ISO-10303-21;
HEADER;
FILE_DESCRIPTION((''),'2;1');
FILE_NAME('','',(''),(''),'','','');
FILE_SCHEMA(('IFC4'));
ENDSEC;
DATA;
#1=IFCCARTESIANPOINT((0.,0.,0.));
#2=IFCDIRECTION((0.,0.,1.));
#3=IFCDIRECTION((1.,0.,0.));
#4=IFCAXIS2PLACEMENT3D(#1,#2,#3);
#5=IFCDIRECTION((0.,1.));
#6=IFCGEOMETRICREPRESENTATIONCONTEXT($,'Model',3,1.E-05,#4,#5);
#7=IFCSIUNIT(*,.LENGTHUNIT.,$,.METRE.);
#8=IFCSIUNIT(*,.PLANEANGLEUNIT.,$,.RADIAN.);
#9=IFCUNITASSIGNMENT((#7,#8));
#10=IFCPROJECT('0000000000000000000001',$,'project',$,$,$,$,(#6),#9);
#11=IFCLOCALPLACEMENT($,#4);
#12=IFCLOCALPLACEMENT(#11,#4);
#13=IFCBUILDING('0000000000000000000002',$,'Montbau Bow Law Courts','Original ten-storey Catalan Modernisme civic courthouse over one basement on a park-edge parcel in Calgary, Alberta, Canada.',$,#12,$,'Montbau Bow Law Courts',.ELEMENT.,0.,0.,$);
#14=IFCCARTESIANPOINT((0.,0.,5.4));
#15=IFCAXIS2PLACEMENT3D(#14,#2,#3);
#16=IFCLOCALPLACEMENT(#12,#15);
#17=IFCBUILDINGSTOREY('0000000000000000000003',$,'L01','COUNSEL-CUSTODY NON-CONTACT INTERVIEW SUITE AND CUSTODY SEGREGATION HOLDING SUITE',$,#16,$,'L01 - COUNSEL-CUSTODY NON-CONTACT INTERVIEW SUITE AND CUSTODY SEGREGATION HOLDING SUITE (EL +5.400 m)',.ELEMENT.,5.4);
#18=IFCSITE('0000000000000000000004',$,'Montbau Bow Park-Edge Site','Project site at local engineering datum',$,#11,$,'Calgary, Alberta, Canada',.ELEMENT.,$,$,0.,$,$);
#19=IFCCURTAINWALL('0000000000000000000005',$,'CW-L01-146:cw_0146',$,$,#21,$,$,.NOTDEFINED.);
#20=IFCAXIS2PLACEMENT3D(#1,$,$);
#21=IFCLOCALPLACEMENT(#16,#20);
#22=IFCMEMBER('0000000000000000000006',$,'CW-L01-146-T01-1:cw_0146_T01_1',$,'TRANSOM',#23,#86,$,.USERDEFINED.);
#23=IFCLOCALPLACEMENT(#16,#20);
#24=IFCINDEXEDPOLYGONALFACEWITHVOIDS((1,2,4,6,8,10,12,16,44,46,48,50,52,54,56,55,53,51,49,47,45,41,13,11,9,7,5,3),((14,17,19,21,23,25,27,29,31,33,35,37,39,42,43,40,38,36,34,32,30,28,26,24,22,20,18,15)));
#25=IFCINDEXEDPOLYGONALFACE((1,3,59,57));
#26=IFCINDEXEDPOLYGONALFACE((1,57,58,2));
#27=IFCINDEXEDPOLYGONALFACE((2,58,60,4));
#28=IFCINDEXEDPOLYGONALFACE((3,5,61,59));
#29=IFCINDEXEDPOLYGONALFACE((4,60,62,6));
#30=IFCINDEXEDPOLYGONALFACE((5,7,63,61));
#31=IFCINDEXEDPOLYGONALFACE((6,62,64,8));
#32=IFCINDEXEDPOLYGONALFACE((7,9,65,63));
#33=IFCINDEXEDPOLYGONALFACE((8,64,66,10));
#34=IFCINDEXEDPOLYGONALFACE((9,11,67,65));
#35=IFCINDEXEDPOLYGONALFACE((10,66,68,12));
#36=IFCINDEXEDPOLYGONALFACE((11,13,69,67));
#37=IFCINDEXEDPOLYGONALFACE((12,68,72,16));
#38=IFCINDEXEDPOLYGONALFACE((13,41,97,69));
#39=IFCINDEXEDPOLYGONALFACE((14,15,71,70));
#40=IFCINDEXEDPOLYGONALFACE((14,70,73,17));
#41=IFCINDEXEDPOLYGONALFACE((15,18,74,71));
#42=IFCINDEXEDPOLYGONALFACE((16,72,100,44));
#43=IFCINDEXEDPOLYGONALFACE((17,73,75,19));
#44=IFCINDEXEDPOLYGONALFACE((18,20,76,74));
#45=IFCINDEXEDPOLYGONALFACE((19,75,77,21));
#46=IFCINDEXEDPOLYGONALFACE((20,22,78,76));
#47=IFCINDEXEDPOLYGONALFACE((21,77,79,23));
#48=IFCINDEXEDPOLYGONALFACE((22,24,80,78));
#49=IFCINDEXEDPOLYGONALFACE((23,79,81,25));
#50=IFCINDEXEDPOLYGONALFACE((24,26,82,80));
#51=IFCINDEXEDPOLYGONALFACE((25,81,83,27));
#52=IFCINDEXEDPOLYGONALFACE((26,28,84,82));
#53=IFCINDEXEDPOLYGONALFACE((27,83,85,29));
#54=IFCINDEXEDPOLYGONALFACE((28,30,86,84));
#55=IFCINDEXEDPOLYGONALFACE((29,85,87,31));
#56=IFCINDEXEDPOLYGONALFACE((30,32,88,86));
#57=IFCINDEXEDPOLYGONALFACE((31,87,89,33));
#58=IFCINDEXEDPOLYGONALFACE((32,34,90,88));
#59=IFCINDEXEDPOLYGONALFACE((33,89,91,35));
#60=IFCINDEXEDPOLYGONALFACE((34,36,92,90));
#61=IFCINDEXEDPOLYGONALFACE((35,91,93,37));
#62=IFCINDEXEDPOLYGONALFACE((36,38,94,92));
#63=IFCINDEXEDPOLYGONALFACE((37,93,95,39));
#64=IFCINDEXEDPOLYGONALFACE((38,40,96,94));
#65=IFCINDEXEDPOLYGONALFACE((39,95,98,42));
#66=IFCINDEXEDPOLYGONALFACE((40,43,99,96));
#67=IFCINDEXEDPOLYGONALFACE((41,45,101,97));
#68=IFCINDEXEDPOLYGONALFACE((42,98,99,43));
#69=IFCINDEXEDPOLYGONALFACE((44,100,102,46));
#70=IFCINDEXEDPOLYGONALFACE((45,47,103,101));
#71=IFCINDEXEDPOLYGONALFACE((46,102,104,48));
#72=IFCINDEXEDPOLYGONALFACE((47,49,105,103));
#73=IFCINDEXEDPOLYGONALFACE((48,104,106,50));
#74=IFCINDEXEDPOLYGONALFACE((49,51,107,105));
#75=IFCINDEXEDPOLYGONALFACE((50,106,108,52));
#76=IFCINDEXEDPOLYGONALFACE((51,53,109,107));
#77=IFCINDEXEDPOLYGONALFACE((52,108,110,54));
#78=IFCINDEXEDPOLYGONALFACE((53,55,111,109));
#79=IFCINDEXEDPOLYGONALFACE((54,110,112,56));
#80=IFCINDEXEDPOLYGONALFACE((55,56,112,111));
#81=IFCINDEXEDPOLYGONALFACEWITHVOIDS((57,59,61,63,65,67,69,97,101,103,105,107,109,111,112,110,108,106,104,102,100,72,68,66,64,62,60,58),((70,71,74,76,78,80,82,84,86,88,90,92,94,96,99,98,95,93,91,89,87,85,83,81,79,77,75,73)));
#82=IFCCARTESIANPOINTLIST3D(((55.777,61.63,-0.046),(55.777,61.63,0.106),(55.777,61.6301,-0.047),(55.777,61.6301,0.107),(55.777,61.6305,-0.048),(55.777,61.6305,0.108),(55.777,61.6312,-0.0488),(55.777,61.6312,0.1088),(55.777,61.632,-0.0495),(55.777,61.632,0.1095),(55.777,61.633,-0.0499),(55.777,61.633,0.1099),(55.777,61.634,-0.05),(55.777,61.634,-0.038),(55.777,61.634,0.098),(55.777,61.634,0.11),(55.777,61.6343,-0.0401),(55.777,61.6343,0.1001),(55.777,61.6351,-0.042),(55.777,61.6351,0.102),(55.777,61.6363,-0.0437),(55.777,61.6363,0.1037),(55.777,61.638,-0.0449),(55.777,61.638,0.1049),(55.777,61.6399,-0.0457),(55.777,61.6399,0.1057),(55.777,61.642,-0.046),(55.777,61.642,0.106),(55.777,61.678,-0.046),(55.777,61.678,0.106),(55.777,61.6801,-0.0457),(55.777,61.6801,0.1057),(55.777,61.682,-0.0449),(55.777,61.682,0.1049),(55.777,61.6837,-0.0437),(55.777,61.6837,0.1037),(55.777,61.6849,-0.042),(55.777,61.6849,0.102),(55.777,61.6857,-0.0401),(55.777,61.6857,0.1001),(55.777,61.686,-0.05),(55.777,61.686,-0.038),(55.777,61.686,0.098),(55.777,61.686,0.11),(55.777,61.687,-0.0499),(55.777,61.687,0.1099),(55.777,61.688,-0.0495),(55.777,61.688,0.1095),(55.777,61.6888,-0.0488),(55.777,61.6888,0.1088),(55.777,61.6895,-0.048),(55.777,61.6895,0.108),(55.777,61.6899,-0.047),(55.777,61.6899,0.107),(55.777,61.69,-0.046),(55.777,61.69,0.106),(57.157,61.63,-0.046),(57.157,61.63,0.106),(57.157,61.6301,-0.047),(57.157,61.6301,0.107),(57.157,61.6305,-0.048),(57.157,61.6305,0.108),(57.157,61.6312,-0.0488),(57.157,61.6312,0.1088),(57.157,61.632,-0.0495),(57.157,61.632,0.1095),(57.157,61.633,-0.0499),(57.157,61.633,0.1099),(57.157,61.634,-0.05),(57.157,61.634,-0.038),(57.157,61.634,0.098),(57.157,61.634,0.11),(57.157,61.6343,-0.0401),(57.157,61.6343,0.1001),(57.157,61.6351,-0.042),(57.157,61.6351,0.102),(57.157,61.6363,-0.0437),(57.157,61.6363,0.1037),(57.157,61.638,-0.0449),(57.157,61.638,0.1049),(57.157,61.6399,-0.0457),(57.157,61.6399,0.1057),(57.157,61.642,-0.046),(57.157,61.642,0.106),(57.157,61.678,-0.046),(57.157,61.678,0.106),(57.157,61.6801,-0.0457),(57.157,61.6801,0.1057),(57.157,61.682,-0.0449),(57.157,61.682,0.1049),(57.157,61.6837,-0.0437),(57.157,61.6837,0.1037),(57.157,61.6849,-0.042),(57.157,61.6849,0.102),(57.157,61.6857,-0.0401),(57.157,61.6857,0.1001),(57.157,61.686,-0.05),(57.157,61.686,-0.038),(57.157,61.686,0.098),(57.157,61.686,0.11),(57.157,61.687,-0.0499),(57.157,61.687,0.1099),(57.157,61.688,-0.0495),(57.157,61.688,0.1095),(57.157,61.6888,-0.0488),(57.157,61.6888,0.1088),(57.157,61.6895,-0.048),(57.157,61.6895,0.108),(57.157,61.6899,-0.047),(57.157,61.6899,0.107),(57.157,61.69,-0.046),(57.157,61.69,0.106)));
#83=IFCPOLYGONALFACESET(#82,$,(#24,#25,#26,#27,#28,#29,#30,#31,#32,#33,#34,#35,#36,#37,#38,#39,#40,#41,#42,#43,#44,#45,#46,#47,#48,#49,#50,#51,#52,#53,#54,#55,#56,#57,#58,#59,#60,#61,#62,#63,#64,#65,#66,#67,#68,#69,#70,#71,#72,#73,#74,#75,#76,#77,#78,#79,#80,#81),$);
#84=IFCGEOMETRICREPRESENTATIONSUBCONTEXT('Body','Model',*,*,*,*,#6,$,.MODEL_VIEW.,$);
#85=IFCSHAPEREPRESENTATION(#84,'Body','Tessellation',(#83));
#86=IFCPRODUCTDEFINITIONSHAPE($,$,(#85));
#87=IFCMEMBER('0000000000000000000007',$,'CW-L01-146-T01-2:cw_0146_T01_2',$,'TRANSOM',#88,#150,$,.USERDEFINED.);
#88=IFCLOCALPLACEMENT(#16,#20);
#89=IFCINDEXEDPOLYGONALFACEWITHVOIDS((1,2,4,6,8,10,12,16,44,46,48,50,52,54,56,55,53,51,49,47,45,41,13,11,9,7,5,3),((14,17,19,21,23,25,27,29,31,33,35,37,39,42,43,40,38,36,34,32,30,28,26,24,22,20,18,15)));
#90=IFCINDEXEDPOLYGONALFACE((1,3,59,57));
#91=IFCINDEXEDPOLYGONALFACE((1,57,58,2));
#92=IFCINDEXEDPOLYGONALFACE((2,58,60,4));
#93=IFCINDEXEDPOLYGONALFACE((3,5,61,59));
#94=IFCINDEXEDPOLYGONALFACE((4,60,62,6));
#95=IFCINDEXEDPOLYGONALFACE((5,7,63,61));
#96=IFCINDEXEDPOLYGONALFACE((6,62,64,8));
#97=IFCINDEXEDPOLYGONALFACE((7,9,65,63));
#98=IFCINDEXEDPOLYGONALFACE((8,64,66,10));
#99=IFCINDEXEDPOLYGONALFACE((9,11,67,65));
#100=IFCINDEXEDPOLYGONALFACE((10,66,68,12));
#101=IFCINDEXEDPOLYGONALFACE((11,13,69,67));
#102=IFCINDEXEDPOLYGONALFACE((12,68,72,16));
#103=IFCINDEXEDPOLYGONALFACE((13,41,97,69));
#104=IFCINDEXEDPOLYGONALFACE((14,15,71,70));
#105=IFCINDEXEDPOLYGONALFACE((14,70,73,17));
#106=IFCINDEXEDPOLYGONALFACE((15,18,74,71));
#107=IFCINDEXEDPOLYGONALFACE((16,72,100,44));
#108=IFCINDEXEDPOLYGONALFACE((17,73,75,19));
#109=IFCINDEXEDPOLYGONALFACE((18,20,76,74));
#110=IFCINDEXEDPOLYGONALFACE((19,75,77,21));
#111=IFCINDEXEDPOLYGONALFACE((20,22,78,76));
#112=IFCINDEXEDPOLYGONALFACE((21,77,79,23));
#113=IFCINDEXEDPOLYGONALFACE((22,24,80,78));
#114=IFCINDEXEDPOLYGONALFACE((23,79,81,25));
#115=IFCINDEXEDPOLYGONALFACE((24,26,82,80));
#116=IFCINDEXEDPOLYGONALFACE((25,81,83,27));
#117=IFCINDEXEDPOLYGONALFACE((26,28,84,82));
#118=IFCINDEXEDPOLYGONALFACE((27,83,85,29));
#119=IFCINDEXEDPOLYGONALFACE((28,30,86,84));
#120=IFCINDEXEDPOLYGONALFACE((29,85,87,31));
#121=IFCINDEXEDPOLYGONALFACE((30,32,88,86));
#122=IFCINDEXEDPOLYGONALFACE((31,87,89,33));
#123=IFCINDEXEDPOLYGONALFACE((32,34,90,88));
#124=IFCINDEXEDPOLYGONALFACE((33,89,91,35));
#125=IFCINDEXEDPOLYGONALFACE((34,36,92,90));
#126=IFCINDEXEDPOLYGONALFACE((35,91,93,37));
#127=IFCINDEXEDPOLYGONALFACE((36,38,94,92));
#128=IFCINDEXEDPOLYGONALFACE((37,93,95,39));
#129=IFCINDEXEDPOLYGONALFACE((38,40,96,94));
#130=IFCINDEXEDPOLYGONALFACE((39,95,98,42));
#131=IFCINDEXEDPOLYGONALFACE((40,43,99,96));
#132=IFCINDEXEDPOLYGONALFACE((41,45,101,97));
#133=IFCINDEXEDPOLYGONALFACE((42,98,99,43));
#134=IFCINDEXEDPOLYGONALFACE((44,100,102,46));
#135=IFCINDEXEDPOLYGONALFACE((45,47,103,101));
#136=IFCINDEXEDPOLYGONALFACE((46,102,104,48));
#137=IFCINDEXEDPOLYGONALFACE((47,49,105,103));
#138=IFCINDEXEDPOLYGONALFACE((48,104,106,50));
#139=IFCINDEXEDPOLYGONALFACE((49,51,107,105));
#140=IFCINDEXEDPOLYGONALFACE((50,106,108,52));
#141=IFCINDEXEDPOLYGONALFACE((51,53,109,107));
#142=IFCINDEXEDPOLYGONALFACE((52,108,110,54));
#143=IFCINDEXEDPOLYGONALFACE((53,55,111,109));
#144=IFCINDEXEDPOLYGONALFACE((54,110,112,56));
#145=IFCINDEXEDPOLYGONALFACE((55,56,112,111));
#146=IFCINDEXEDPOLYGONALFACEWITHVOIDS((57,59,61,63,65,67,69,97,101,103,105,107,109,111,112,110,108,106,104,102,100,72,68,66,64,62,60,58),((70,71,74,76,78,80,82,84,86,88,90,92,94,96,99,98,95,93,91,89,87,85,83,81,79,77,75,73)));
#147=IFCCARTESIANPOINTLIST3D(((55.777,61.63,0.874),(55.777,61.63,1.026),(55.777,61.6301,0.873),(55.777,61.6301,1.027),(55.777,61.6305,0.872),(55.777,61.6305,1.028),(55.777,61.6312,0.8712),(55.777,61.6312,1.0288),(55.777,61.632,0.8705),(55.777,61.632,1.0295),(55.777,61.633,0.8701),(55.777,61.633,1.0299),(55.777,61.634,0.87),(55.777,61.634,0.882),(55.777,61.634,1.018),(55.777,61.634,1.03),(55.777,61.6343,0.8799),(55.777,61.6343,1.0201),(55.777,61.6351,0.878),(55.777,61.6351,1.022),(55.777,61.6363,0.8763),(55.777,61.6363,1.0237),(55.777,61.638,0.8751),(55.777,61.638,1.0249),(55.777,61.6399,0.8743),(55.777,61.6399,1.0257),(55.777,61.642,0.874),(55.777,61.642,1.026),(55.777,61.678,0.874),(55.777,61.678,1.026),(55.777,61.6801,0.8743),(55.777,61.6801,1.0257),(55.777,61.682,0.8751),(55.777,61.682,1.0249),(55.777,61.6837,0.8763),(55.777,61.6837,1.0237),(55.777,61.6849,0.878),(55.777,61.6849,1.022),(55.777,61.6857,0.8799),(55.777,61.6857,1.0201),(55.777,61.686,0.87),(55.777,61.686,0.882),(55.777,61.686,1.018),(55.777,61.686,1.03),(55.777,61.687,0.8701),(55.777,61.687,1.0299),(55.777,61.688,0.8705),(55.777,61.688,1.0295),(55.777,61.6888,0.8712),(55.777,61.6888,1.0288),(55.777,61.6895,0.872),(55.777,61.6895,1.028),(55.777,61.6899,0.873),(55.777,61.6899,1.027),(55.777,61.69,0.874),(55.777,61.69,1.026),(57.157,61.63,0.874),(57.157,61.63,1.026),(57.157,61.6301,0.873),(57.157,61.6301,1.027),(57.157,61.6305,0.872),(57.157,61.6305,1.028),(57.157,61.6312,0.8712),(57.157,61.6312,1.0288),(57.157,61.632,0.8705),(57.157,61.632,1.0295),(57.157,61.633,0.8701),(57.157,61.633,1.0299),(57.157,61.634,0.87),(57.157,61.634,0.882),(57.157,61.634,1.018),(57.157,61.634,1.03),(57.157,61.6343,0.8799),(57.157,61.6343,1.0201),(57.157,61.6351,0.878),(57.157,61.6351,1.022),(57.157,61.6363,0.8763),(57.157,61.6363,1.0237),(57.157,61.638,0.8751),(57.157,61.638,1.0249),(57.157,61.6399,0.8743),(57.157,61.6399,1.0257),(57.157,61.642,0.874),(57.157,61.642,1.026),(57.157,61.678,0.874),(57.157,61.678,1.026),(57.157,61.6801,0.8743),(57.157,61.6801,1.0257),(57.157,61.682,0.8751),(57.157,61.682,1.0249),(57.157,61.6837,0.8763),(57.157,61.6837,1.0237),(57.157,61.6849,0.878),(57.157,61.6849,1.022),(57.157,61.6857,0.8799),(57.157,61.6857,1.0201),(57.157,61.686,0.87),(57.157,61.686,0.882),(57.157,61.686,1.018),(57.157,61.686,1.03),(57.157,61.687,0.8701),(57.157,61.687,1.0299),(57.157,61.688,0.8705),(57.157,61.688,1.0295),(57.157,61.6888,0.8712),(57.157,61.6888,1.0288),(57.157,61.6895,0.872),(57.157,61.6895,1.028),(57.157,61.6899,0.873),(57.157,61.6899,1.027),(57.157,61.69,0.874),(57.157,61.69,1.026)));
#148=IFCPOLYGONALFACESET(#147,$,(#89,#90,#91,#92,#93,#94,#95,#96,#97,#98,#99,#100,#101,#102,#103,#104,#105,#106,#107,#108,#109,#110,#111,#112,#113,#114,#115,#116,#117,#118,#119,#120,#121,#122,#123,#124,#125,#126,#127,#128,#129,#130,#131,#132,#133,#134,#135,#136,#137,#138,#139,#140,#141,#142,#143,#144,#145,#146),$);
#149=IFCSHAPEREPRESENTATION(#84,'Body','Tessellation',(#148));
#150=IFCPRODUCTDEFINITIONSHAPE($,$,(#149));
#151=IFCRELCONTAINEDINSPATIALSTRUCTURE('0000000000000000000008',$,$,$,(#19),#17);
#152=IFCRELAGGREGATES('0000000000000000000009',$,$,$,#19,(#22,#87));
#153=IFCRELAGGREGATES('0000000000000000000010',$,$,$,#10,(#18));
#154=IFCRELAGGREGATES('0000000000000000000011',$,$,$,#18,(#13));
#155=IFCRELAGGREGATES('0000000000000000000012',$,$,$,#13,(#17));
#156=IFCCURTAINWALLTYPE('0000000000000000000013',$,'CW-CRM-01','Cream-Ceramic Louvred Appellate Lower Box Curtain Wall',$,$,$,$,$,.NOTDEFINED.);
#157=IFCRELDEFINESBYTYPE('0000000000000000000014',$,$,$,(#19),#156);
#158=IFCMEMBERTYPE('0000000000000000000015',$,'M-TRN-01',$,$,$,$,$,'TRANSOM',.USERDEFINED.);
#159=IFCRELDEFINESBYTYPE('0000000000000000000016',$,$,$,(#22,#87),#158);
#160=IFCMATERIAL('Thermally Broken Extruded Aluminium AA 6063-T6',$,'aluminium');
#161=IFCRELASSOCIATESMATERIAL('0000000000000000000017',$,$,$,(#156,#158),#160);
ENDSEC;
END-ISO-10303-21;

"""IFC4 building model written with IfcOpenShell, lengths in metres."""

from ifc_helpers import new_model, si_unit, direction, frame, origin_with_axes, origin_2d_with_axis, place, context, subcontext, project, spatial, hollow_rectangle, extrude, material, material_profile, profile_set, type_object, element, aggregate, save


model = new_model("IFC4")

# Units and contexts
model_context = context("Model", 3, precision=1e-05, world=origin_with_axes(), true_north=direction((0.0, 1.0)))
body_context = subcontext(model_context, "Body", "Model", "MODEL_VIEW")
ifc_project = project(units=[si_unit("LENGTHUNIT", "METRE"), si_unit("PLANEANGLEUNIT", "RADIAN")], contexts=[model_context])

# Site, building, storey
site_placement = place(None, origin_with_axes())
site = spatial("IfcSite", under=ifc_project, at=site_placement, Name="Montbau Bow Park-Edge Site", Description="Project site at local engineering datum", LongName="Calgary, Alberta, Canada", CompositionType="ELEMENT", RefElevation=0.0)
building_placement = place(site_placement, origin_with_axes())
building = spatial("IfcBuilding", under=site, at=building_placement, Name="Montbau Bow Law Courts", Description="Original ten-storey Catalan Modernisme civic courthouse over one basement on a park-edge parcel in Calgary, Alberta, Canada.", LongName="Montbau Bow Law Courts", CompositionType="ELEMENT", ElevationOfRefHeight=0.0, ElevationOfTerrain=0.0)
storey_placement = place(building_placement, frame((0.0, 0.0, 5.4), z_axis=(0.0, 0.0, 1.0), x_axis=(1.0, 0.0, 0.0)))
storey = spatial("IfcBuildingStorey", under=building, at=storey_placement, Name="L01", Description="COUNSEL-CUSTODY NON-CONTACT INTERVIEW SUITE AND CUSTODY SEGREGATION HOLDING SUITE", LongName="L01 - COUNSEL-CUSTODY NON-CONTACT INTERVIEW SUITE AND CUSTODY SEGREGATION HOLDING SUITE (EL +5.400 m)", CompositionType="ELEMENT", Elevation=5.4)

# Curtain wall, members
ifc_material_1 = material(Name="Thermally Broken Extruded Aluminium AA 6063-T6", Category="aluminium")
curtain_wall_type = type_object("IfcCurtainWallType", Name="CW-CRM-01", Description="Cream-Ceramic Louvred Appellate Lower Box Curtain Wall", PredefinedType="NOTDEFINED", material=ifc_material_1)
curtain_wall_1_placement = place(None, frame((55.715, 61.66, 5.4), z_axis=(0.0, 0.0, 1.0), x_axis=(1.0, 0.0, 0.0)))
curtain_wall_1 = element("IfcCurtainWall", 1, at=curtain_wall_1_placement, inside=storey, type_object=curtain_wall_type, Name="CW-L01-146:cw_0146", PredefinedType="NOTDEFINED")
ifc_material_profile_1 = material_profile(ifc_material_1, hollow_rectangle(XDim=0.06, YDim=0.16, WallThickness=0.004, InnerFilletRadius=0.008, OuterFilletRadius=0.004, at=origin_2d_with_axis()), Name="CWT-160X60", Category="Main", Priority=0)
ifc_profile_set_1 = profile_set([ifc_material_profile_1], Name="Thermally Broken Extruded Aluminium AA 6063-T6")
member_type_1 = type_object("IfcMemberType", Name="M-TRN-01", ElementType="TRANSOM", PredefinedType="USERDEFINED", material=ifc_profile_set_1)
member_1_placement = place(None, frame((55.777, 61.66, 5.43), z_axis=(1.0, 0.0, 0.0), x_axis=(0.0, 1.0, 0.0)))
member_1 = element("IfcMember", 2, at=member_1_placement, type_object=member_type_1, Name="CW-L01-146-T01-1:cw_0146_T01_1", ObjectType="TRANSOM", PredefinedType="USERDEFINED", context=body_context, shape_type="SweptSolid", body=[
    extrude(hollow_rectangle(XDim=0.06, YDim=0.16, WallThickness=0.004, InnerFilletRadius=0.008, OuterFilletRadius=0.004, at=origin_2d_with_axis()), origin_with_axes(), (0.0, 0.0, 1.0), 1.38),
])
member_2_placement = place(None, frame((55.777, 61.66, 6.35), z_axis=(1.0, 0.0, 0.0), x_axis=(0.0, 1.0, 0.0)))
member_2 = element("IfcMember", 3, at=member_2_placement, type_object=member_type_1, Name="CW-L01-146-T01-2:cw_0146_T01_2", ObjectType="TRANSOM", PredefinedType="USERDEFINED", context=body_context, shape_type="SweptSolid", body=[
    extrude(hollow_rectangle(XDim=0.06, YDim=0.16, WallThickness=0.004, InnerFilletRadius=0.008, OuterFilletRadius=0.004, at=origin_2d_with_axis()), origin_with_axes(), (0.0, 0.0, 1.0), 1.38),
])

aggregate(curtain_wall_1, [member_1, member_2])

save(model, "model.ifc")
